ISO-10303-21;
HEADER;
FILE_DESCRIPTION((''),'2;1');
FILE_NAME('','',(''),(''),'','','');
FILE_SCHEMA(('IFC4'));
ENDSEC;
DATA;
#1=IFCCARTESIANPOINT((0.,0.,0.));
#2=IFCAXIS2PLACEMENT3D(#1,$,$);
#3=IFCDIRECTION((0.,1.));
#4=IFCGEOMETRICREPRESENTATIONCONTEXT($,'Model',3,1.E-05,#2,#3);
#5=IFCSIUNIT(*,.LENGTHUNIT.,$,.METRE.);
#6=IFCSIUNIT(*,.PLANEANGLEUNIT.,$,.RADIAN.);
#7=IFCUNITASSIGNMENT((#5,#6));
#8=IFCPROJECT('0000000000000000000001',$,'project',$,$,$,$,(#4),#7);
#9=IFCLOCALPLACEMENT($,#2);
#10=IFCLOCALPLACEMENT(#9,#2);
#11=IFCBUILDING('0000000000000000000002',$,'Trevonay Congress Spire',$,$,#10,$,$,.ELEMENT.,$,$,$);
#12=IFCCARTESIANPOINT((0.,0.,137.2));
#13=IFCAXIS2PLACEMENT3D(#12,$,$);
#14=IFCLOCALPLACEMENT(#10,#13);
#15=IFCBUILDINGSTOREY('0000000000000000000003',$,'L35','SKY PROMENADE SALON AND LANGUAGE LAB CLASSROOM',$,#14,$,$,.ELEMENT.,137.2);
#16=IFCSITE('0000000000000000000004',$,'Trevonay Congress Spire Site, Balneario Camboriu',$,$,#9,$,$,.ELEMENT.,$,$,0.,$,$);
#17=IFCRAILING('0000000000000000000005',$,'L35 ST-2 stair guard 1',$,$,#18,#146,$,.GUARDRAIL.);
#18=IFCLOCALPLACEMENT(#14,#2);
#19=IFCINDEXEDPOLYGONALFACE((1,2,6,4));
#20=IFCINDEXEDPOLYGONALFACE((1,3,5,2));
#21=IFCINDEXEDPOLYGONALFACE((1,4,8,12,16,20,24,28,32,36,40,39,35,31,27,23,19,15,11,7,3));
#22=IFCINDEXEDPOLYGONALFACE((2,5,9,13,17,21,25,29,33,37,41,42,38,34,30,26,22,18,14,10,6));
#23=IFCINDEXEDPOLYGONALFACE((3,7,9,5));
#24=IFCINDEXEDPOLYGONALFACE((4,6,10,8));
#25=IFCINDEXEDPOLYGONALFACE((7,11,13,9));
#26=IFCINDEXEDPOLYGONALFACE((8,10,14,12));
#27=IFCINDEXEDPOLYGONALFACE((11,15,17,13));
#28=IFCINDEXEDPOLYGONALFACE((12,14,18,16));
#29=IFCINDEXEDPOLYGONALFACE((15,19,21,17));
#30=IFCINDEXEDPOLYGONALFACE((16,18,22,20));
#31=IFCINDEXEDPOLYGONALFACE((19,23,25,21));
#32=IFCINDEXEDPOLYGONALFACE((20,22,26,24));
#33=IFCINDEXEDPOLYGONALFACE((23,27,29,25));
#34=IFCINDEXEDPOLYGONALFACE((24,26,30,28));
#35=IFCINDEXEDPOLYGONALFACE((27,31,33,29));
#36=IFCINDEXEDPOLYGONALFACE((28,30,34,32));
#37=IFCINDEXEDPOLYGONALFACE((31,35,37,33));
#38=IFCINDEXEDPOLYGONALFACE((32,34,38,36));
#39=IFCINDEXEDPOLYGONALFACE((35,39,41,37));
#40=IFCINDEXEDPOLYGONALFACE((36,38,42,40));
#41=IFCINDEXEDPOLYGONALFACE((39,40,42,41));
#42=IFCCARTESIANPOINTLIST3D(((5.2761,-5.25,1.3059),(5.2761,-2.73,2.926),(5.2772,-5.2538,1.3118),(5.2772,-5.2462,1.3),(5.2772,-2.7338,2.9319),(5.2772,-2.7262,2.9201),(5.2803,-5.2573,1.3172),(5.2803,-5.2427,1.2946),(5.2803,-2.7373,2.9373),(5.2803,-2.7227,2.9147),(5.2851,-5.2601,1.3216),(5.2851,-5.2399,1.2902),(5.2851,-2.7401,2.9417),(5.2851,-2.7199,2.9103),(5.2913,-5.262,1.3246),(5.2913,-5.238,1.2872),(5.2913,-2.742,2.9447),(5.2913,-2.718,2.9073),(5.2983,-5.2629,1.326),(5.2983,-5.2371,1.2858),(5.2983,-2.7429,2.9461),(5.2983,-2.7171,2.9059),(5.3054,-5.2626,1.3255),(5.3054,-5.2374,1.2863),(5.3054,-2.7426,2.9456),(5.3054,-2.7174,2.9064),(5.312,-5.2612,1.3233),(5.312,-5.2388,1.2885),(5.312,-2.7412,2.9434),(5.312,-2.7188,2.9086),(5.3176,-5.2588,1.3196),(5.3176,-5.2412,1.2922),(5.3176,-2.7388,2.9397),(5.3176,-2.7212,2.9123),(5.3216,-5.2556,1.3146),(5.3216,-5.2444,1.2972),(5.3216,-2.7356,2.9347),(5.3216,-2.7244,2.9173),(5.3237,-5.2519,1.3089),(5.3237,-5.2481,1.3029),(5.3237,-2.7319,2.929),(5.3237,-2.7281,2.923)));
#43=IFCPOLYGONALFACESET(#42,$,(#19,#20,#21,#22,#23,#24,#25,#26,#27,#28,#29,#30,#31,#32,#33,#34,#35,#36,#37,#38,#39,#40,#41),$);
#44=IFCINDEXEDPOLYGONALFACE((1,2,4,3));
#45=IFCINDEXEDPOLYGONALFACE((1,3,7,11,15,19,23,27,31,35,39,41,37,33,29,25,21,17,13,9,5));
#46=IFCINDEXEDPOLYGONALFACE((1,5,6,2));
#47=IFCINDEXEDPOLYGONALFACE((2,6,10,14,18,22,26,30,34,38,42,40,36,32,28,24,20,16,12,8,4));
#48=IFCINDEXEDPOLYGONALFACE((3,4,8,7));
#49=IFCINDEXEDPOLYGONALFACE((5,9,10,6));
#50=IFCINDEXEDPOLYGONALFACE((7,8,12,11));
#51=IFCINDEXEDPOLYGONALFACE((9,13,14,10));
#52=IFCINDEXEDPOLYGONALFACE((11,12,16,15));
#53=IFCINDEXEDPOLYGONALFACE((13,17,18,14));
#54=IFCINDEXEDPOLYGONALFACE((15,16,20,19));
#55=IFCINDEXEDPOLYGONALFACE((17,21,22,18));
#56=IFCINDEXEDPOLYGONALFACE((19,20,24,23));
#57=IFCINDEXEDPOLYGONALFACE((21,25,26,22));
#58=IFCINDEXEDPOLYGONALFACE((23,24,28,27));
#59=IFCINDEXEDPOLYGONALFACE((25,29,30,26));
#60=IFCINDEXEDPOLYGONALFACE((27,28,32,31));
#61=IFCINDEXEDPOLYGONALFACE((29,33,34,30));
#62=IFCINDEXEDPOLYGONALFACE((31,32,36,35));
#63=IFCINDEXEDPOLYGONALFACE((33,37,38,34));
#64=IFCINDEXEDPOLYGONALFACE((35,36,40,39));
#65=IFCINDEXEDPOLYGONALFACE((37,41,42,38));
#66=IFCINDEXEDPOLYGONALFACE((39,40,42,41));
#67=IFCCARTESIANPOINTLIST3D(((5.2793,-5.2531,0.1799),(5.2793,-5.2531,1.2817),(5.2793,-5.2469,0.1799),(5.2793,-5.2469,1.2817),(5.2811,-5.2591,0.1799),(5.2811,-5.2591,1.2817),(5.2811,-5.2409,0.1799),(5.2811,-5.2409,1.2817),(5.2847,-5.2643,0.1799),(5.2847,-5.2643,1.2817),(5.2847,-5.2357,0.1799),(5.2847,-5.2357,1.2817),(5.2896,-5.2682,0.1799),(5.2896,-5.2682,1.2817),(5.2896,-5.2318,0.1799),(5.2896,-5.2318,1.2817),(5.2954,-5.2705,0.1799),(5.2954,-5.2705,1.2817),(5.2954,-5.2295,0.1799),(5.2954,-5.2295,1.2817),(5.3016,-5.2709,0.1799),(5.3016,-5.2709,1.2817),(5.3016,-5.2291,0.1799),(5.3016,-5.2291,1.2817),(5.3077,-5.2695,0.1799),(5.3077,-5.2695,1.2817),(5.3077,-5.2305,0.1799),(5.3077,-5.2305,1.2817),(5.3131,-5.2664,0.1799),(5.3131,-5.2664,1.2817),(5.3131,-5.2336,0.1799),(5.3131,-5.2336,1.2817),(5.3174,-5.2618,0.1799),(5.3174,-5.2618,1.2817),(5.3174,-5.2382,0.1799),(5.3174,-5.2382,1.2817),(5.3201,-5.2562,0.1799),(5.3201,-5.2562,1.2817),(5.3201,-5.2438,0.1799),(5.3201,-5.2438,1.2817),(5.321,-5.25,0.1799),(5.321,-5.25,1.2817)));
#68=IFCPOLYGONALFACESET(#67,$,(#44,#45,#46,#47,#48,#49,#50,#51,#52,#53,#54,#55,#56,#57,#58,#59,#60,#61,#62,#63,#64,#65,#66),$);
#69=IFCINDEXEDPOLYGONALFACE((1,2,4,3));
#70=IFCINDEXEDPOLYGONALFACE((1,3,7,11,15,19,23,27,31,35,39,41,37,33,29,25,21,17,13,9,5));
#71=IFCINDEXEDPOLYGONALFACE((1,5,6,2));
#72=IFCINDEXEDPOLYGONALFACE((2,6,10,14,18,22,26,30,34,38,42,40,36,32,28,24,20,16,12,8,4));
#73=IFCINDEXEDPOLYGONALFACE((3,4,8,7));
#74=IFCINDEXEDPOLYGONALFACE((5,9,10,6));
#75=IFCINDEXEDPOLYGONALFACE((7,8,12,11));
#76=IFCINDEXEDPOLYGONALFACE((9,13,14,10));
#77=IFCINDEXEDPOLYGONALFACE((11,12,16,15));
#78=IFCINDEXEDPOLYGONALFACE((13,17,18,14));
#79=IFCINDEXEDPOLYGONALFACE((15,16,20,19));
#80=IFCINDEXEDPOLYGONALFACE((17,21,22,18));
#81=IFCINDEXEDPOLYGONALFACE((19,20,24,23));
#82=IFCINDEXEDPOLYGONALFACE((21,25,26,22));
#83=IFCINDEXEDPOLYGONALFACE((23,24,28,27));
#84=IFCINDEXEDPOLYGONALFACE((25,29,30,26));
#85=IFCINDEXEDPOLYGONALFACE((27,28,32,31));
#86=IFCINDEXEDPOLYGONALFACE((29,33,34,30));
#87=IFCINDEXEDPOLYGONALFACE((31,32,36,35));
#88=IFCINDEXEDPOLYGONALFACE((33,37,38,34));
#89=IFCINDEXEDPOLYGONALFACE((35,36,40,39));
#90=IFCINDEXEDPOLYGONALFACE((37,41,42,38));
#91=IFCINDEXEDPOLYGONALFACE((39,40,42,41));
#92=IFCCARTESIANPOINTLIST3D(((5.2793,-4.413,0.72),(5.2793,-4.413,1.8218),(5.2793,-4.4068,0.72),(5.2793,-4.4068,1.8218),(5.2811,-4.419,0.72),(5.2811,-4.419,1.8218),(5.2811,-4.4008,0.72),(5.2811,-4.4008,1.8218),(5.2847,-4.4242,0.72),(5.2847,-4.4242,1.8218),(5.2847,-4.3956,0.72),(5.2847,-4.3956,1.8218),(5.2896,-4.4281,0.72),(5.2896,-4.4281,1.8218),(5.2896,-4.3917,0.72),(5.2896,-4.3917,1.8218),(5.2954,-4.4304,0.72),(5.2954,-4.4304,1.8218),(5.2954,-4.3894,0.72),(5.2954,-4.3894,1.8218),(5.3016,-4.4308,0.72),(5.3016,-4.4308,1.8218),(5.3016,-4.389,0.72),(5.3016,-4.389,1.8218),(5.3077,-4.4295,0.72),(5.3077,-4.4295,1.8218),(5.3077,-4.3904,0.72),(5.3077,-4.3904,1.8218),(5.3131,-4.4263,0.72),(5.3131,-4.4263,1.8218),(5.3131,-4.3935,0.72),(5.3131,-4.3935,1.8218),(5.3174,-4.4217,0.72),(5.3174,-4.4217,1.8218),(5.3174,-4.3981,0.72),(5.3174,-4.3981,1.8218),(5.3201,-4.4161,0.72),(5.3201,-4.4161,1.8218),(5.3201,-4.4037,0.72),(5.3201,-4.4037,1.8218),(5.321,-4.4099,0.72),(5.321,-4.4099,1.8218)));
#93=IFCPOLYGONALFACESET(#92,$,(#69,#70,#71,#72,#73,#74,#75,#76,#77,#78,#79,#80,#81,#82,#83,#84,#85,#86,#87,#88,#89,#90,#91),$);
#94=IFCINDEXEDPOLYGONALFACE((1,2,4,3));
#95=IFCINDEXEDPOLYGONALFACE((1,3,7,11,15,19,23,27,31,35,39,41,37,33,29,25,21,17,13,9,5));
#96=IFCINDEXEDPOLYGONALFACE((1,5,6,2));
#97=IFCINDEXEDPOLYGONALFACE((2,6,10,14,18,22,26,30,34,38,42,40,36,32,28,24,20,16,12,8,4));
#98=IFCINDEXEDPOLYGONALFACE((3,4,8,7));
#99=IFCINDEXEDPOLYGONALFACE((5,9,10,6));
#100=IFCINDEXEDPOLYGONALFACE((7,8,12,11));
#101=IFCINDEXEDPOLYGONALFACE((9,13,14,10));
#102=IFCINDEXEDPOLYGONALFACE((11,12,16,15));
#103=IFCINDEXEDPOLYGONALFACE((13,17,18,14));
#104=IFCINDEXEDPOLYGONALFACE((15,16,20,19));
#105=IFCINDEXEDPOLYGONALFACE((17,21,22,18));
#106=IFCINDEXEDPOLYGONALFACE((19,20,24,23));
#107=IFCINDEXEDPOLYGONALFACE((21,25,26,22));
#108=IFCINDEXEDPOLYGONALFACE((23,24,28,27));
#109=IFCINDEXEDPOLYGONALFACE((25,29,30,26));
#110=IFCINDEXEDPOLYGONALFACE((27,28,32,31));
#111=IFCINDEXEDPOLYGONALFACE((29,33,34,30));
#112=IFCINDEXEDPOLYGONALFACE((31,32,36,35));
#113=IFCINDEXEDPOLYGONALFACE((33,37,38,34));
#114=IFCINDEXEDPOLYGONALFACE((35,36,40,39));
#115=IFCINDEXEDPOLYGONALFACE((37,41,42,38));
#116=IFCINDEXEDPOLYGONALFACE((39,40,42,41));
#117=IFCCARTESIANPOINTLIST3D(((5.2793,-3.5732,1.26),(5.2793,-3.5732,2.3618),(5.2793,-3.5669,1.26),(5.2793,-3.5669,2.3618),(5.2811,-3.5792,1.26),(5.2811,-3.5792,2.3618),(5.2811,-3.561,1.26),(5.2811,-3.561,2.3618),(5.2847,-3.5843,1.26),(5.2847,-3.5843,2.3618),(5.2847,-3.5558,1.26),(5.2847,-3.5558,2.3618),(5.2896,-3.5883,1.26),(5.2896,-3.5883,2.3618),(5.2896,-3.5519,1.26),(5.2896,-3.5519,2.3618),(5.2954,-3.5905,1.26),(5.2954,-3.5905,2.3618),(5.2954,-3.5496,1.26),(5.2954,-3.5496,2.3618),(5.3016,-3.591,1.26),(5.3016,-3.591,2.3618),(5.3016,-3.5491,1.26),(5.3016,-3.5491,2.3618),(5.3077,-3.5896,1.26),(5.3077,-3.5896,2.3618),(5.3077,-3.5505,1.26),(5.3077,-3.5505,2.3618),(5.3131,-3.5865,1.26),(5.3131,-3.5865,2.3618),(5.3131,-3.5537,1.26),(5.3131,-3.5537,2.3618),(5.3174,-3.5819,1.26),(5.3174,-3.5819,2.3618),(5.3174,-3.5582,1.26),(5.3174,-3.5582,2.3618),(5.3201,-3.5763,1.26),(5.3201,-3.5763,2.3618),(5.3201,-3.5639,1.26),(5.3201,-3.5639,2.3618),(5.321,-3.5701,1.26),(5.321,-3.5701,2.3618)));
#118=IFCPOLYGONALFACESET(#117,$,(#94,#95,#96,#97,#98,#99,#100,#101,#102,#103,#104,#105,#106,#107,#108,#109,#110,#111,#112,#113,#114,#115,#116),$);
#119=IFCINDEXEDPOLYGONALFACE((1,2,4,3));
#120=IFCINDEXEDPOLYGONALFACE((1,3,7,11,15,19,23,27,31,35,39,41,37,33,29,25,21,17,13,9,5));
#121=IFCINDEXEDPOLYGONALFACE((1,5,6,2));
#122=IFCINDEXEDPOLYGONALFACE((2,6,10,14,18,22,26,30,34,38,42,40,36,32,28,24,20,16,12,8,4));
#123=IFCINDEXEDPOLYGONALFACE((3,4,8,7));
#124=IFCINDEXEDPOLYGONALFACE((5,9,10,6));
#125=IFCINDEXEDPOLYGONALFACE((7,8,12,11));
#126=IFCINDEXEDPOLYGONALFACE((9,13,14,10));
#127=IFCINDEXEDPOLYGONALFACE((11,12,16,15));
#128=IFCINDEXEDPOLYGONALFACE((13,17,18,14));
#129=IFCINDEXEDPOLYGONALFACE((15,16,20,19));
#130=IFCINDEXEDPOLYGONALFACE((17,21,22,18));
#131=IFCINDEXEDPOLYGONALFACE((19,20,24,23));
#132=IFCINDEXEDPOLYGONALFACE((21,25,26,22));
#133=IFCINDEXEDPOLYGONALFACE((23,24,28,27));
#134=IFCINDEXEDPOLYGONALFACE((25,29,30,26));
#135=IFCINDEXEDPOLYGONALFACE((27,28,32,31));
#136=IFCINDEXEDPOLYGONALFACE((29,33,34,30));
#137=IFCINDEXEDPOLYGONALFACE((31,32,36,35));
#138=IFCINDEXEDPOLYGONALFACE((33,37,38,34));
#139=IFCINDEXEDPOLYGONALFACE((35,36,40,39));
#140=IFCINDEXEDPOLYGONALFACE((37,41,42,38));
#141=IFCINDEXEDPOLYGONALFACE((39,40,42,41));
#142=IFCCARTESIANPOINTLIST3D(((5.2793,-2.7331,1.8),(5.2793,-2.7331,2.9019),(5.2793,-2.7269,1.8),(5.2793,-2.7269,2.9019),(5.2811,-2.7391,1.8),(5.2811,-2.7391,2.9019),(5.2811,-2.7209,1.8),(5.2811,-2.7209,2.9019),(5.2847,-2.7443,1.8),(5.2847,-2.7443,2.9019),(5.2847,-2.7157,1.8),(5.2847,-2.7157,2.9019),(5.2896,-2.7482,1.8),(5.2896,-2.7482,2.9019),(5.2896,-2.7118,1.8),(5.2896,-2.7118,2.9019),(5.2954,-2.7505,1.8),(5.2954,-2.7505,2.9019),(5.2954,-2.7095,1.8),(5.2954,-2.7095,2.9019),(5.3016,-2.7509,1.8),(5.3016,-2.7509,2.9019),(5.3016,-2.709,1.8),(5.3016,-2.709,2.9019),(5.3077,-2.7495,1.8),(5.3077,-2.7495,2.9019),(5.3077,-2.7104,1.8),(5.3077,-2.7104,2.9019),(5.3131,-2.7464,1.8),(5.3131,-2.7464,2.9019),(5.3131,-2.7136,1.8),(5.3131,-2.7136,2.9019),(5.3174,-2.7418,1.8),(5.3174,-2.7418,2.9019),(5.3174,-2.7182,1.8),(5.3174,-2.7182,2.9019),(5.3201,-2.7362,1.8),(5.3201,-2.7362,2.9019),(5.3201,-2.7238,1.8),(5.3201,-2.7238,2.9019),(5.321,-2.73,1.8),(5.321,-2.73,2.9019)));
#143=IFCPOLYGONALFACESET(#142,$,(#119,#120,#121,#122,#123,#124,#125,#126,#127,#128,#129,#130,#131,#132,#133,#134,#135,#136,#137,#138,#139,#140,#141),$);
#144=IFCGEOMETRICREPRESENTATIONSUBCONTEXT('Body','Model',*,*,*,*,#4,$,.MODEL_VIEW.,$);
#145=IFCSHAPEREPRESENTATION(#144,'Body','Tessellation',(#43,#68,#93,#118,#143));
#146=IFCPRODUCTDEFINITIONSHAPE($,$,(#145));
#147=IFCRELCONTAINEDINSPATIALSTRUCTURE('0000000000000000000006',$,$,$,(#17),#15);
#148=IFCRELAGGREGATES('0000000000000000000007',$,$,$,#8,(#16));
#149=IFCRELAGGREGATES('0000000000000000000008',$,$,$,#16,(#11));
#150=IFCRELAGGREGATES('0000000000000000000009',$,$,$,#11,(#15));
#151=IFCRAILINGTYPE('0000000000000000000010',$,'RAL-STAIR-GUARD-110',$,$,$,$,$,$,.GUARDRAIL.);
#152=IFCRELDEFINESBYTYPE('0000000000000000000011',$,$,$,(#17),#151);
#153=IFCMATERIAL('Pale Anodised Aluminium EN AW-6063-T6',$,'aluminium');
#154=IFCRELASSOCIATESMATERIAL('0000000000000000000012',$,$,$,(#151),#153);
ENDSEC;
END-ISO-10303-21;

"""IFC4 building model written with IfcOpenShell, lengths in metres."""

from ifc_helpers import new_model, si_unit, direction, frame, origin, origin_2d, place, context, subcontext, project, spatial, circle, extrude, material, type_object, element, save


model = new_model("IFC4")

# Units and contexts
model_context = context("Model", 3, precision=1e-05, world=origin(), true_north=direction((0.0, 1.0)))
body_context = subcontext(model_context, "Body", "Model", "MODEL_VIEW")
ifc_project = project(units=[si_unit("LENGTHUNIT", "METRE"), si_unit("PLANEANGLEUNIT", "RADIAN")], contexts=[model_context])

# Site, building, storey
site_placement = place(None, origin())
site = spatial("IfcSite", under=ifc_project, at=site_placement, Name="Trevonay Congress Spire Site, Balneario Camboriu", CompositionType="ELEMENT", RefElevation=0.0)
building_placement = place(site_placement, origin())
building = spatial("IfcBuilding", under=site, at=building_placement, Name="Trevonay Congress Spire", CompositionType="ELEMENT")
storey_placement = place(building_placement, frame((0.0, 0.0, 137.2)))
storey = spatial("IfcBuildingStorey", under=building, at=storey_placement, Name="L35", Description="SKY PROMENADE SALON AND LANGUAGE LAB CLASSROOM", CompositionType="ELEMENT", Elevation=137.2)

# Railing
ifc_material_1 = material(Name="Pale Anodised Aluminium EN AW-6063-T6", Category="aluminium")
railing_type_1 = type_object("IfcRailingType", Name="RAL-STAIR-GUARD-110", PredefinedType="GUARDRAIL", material=ifc_material_1)
railing_1_placement = place(storey_placement, frame((5.3, -5.25, 0.1799)))
element("IfcRailing", 1, at=railing_1_placement, inside=storey, type_object=railing_type_1, Name="L35 ST-2 stair guard 1", PredefinedType="GUARDRAIL", context=body_context, shape_type="SweptSolid", body=[
    extrude(circle(Radius=0.0239, at=origin_2d()), frame((0.0, 0.0, 1.126), z_axis=(0.0, 0.841163, 0.540782), x_axis=(-1.0, 0.0, 0.0)), (0.0, 0.0, 1.0), 2.9958),
    extrude(circle(Radius=0.021, at=origin_2d()), origin(), (0.0, 0.0, 1.0), 1.1018),
    extrude(circle(Radius=0.021, at=origin_2d()), frame((0.0, 0.8401, 0.54)), (0.0, 0.0, 1.0), 1.1018),
    extrude(circle(Radius=0.021, at=origin_2d()), frame((0.0, 1.6799, 1.0801)), (0.0, 0.0, 1.0), 1.1018),
    extrude(circle(Radius=0.021, at=origin_2d()), frame((0.0, 2.52, 1.6201)), (0.0, 0.0, 1.0), 1.1018),
])

save(model, "model.ifc")
